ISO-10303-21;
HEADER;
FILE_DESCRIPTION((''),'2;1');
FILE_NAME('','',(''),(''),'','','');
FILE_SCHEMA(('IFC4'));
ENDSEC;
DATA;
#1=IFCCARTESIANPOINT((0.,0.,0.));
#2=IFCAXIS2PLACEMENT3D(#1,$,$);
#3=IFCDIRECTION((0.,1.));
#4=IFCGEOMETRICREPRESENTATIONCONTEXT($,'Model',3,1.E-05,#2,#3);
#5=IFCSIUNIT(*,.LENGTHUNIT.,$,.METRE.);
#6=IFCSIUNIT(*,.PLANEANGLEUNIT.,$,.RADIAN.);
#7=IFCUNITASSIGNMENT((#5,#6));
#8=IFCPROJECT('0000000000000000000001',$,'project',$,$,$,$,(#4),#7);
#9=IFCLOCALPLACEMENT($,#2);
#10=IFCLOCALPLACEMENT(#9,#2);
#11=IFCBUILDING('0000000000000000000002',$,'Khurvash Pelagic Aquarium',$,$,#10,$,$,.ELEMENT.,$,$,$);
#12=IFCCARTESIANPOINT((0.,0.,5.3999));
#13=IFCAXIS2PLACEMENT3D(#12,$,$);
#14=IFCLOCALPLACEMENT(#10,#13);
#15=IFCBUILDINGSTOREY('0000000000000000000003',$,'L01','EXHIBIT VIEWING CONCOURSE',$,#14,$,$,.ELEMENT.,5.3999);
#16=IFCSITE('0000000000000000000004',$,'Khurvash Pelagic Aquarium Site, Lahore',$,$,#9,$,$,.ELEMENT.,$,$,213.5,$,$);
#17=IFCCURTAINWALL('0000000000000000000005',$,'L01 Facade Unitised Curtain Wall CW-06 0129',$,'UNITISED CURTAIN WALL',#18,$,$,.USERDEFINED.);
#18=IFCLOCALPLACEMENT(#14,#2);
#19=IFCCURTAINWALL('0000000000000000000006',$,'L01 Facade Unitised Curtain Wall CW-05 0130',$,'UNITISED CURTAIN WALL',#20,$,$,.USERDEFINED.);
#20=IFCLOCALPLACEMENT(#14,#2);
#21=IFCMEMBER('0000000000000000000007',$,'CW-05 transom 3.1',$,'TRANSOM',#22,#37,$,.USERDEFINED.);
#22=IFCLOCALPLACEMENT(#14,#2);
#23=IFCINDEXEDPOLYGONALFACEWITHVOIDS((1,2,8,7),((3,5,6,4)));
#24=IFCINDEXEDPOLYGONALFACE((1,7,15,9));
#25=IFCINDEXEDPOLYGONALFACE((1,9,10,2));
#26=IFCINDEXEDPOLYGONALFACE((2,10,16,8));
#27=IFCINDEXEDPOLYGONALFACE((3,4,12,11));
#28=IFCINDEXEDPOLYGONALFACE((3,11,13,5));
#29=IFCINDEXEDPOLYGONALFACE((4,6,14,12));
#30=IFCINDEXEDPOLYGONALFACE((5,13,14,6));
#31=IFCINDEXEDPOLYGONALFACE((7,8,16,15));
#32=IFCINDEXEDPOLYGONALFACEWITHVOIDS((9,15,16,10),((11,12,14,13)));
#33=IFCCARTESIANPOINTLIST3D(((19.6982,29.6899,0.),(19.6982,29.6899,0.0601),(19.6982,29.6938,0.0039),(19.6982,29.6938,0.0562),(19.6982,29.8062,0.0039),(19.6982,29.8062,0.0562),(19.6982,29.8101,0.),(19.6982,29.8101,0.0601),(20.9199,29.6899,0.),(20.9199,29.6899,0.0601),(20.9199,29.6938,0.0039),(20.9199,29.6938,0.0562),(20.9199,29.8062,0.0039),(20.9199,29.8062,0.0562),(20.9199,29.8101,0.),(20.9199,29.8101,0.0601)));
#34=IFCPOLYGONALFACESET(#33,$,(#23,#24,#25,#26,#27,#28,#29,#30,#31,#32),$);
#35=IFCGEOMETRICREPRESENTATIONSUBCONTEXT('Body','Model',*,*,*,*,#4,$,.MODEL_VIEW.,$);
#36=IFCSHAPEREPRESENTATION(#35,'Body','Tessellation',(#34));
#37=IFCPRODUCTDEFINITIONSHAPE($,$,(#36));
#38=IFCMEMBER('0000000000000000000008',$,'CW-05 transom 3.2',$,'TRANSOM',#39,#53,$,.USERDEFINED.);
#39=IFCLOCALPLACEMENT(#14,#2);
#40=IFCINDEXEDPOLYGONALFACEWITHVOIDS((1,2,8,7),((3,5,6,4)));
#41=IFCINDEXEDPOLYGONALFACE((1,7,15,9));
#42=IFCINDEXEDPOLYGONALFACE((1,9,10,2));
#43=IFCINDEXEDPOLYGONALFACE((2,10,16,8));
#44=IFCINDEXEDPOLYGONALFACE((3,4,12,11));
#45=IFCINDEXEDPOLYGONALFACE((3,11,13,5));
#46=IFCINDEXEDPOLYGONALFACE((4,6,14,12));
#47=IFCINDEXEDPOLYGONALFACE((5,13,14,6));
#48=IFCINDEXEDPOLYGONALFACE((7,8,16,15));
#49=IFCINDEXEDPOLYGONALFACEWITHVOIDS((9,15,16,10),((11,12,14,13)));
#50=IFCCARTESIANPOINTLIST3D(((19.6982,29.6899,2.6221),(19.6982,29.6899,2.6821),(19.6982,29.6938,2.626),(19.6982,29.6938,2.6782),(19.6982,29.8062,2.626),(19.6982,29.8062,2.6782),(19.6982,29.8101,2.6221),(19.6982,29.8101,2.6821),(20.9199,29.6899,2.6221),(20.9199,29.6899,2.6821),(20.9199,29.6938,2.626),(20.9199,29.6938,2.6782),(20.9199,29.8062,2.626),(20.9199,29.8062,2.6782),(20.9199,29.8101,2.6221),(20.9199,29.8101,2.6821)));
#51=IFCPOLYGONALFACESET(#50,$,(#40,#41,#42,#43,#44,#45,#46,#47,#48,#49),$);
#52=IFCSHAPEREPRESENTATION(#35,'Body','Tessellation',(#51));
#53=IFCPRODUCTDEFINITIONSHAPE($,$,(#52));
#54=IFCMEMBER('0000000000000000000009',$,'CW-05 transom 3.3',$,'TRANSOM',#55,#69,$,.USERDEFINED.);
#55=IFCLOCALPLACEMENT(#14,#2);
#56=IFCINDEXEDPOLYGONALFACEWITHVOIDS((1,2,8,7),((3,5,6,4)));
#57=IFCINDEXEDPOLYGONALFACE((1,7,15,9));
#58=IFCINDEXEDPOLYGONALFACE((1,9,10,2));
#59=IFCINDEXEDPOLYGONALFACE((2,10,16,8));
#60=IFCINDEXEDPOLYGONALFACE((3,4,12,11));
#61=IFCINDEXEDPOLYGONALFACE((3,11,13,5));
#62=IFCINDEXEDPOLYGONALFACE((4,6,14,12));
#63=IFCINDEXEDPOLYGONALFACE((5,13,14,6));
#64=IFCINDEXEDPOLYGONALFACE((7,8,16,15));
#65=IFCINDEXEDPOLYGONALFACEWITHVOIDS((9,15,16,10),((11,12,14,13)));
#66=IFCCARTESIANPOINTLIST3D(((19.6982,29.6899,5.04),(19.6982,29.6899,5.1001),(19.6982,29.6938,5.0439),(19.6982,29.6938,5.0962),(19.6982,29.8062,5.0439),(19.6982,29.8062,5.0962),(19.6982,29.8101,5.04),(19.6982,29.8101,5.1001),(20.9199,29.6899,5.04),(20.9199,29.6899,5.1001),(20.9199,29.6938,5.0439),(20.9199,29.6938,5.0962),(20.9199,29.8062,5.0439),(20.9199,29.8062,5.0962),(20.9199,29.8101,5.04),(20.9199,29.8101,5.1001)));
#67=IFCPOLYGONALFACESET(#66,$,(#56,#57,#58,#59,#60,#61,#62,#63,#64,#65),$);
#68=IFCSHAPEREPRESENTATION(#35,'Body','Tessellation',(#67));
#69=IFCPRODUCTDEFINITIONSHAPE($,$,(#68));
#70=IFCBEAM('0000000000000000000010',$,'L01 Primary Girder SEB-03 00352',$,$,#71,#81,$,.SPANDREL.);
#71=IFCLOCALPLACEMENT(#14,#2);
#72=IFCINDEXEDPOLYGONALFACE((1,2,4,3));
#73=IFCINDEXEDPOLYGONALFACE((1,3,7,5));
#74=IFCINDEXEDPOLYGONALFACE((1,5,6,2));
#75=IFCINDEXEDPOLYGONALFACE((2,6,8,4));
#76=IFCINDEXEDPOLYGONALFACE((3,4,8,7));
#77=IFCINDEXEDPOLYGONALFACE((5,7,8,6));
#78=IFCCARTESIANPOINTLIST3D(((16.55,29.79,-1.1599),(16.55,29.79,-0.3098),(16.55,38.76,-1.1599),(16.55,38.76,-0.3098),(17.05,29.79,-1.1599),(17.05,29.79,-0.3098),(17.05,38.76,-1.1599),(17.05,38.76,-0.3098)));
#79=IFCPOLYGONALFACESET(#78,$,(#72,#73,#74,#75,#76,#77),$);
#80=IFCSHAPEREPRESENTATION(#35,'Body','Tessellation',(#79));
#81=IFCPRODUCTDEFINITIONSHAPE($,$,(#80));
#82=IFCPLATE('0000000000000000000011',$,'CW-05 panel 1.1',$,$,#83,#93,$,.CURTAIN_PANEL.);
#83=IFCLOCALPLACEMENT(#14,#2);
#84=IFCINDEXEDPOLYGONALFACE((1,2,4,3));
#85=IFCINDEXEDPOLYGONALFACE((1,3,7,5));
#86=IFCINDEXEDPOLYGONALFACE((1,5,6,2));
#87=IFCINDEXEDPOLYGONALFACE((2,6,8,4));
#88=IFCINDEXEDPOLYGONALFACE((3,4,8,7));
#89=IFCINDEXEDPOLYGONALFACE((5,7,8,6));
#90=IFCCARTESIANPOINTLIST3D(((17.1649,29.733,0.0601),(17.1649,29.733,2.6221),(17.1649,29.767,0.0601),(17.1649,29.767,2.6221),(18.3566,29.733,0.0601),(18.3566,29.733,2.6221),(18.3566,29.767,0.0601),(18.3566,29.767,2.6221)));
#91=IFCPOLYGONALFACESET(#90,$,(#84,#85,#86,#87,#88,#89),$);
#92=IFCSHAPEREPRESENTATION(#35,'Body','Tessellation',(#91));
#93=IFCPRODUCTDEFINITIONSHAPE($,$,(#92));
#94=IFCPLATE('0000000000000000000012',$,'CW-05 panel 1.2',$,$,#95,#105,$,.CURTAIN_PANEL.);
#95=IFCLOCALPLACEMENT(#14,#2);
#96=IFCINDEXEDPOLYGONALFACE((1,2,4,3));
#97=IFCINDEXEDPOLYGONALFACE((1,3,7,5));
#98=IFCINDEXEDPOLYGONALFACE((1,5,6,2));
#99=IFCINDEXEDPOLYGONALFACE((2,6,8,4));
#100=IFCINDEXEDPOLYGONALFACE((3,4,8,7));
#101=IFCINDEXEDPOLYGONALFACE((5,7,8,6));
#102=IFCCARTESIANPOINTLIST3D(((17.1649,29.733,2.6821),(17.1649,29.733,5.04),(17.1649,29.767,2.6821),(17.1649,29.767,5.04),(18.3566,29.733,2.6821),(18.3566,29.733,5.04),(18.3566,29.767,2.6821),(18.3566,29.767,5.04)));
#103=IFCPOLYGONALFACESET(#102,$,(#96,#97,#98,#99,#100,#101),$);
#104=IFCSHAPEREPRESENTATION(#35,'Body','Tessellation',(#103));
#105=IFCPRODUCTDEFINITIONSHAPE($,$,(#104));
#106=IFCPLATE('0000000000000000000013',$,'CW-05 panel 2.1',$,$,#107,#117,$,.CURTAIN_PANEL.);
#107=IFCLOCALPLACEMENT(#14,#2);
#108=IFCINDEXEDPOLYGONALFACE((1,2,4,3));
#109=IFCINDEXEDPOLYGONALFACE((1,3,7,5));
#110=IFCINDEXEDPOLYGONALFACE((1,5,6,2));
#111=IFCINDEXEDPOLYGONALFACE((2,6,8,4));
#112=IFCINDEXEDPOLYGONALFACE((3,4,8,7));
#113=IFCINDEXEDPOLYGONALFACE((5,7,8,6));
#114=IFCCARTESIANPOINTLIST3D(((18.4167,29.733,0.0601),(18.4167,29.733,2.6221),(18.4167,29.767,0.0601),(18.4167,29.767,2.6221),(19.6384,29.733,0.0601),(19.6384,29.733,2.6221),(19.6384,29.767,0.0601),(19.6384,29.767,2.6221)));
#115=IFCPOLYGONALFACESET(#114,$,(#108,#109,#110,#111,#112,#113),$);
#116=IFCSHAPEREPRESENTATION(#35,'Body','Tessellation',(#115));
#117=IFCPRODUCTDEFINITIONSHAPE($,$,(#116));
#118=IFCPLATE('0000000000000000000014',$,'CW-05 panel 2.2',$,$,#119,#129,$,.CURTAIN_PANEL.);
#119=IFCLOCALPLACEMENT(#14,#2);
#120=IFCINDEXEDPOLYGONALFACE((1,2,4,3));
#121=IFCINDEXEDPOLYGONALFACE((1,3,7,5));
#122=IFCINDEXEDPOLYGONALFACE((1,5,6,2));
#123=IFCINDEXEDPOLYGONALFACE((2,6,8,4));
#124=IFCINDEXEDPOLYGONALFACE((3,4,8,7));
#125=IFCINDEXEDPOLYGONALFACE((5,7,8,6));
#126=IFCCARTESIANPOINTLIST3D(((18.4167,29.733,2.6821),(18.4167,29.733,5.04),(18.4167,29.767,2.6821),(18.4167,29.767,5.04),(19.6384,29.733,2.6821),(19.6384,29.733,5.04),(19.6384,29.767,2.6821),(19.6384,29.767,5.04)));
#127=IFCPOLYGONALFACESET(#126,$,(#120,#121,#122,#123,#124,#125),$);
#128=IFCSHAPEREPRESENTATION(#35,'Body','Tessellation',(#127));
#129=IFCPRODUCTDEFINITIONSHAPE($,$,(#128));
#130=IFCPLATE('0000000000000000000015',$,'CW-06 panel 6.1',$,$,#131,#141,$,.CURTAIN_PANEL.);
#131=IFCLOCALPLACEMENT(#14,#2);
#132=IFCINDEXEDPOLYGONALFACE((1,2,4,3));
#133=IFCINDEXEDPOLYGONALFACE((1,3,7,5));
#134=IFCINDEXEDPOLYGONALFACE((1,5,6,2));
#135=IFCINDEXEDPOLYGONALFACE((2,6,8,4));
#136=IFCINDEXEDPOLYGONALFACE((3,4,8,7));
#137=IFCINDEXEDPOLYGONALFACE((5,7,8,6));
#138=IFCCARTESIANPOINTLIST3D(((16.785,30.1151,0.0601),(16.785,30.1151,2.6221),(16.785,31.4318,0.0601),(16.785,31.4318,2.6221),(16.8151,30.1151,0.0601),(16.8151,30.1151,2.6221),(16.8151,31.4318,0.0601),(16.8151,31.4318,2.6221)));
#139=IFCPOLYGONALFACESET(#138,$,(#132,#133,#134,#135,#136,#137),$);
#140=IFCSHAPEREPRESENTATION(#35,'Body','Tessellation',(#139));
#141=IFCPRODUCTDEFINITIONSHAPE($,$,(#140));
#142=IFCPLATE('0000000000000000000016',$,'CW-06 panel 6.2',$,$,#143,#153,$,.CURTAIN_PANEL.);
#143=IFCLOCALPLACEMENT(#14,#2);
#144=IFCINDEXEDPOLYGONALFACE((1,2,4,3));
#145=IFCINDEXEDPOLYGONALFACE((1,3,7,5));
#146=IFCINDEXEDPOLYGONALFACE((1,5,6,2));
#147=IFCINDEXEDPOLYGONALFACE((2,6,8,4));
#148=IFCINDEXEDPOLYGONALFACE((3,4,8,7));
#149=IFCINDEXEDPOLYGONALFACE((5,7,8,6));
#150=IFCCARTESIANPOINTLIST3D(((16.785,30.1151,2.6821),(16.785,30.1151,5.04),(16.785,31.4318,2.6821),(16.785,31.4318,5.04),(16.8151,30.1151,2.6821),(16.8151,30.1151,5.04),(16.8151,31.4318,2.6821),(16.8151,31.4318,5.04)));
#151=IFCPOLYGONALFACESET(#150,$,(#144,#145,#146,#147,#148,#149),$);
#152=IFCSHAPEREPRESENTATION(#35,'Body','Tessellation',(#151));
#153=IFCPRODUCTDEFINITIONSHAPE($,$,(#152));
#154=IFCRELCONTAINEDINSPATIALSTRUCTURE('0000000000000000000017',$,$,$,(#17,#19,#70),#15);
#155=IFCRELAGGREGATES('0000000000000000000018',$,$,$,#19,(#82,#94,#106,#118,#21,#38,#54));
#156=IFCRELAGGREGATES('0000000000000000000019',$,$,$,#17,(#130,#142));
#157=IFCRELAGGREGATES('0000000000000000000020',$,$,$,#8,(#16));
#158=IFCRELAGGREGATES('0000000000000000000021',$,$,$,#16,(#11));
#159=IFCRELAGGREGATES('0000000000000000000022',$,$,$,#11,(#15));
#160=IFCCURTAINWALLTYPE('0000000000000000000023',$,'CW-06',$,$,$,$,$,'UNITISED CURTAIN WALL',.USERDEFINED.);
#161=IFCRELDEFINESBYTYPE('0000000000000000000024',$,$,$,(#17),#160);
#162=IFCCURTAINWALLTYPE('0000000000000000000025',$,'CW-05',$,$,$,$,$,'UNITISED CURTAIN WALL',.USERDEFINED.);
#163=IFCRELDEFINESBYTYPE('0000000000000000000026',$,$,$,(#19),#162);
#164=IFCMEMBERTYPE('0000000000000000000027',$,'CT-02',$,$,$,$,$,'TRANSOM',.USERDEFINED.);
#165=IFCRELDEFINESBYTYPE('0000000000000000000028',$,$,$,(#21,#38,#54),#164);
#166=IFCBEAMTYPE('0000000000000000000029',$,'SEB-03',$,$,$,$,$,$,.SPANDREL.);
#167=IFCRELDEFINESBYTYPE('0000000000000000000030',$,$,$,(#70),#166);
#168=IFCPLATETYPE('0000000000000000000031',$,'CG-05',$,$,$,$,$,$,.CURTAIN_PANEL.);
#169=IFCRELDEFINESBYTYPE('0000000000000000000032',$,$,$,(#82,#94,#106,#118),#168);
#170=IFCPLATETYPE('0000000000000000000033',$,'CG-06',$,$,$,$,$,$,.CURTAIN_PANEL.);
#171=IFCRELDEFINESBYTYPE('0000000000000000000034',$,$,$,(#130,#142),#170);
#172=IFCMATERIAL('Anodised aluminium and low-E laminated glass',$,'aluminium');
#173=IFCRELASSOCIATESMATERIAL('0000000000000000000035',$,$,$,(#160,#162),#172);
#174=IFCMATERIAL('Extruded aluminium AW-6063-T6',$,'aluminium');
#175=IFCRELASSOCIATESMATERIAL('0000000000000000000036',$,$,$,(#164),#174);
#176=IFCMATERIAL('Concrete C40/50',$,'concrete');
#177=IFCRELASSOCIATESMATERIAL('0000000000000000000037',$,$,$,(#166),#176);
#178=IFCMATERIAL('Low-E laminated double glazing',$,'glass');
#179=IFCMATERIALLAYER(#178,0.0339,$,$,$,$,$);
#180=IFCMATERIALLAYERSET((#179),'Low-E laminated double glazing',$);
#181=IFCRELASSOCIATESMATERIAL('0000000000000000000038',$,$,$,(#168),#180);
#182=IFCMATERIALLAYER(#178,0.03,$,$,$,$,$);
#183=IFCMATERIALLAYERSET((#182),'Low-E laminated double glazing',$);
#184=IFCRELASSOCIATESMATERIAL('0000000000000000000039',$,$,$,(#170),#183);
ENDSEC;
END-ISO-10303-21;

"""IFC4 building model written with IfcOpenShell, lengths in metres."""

from ifc_helpers import new_model, si_unit, direction, frame, origin, origin_2d, place, context, subcontext, project, spatial, rectangle, hollow_rectangle, extrude, material, layer, layer_set, material_profile, profile_set, type_object, element, aggregate, save


model = new_model("IFC4")

# Units and contexts
model_context = context("Model", 3, precision=1e-05, world=origin(), true_north=direction((0.0, 1.0)))
body_context = subcontext(model_context, "Body", "Model", "MODEL_VIEW")
ifc_project = project(units=[si_unit("LENGTHUNIT", "METRE"), si_unit("PLANEANGLEUNIT", "RADIAN")], contexts=[model_context])

# Site, building, storey
site_placement = place(None, origin())
site = spatial("IfcSite", under=ifc_project, at=site_placement, Name="Khurvash Pelagic Aquarium Site, Lahore", CompositionType="ELEMENT", RefElevation=213.5)
building_placement = place(site_placement, origin())
building = spatial("IfcBuilding", under=site, at=building_placement, Name="Khurvash Pelagic Aquarium", CompositionType="ELEMENT")
storey_placement = place(building_placement, frame((0.0, 0.0, 5.3999)))
storey = spatial("IfcBuildingStorey", under=building, at=storey_placement, Name="L01", Description="EXHIBIT VIEWING CONCOURSE", CompositionType="ELEMENT", Elevation=5.3999)

# Curtain wall
ifc_material_1 = material(Name="Anodised aluminium and low-E laminated glass", Category="aluminium")
curtain_wall_type_1 = type_object("IfcCurtainWallType", Name="CW-06", ElementType="UNITISED CURTAIN WALL", PredefinedType="USERDEFINED", material=ifc_material_1)
curtain_wall_1_placement = place(storey_placement, origin())
curtain_wall_1 = element("IfcCurtainWall", 1, at=curtain_wall_1_placement, inside=storey, type_object=curtain_wall_type_1, Name="L01 Facade Unitised Curtain Wall CW-06 0129", ObjectType="UNITISED CURTAIN WALL", PredefinedType="USERDEFINED")
ifc_material_2 = material(Name="Extruded aluminium AW-6063-T6", Category="aluminium")

# Curtain wall
curtain_wall_type_2 = type_object("IfcCurtainWallType", Name="CW-05", ElementType="UNITISED CURTAIN WALL", PredefinedType="USERDEFINED", material=ifc_material_1)
curtain_wall_2_placement = place(storey_placement, origin())
curtain_wall_2 = element("IfcCurtainWall", 2, at=curtain_wall_2_placement, inside=storey, type_object=curtain_wall_type_2, Name="L01 Facade Unitised Curtain Wall CW-05 0130", ObjectType="UNITISED CURTAIN WALL", PredefinedType="USERDEFINED")

# Members
ifc_material_profile_1 = material_profile(ifc_material_2, hollow_rectangle(XDim=0.1201, YDim=0.0601, WallThickness=0.0039, at=origin_2d()), Name="CWT120X60X4")
ifc_profile_set_1 = profile_set([ifc_material_profile_1], Name="Extruded aluminium AW-6063-T6")
member_type_1 = type_object("IfcMemberType", Name="CT-02", ElementType="TRANSOM", PredefinedType="USERDEFINED", material=ifc_profile_set_1)
member_1_placement = place(storey_placement, frame((19.6982, 29.75, 0.03), z_axis=(1.0, 0.0, 0.0), x_axis=(0.0, 1.0, 0.0)))
member_1 = element("IfcMember", 3, at=member_1_placement, type_object=member_type_1, Name="CW-05 transom 3.1", ObjectType="TRANSOM", PredefinedType="USERDEFINED", context=body_context, shape_type="SweptSolid", body=[
    extrude(hollow_rectangle(XDim=0.1201, YDim=0.0601, WallThickness=0.0039, at=origin_2d()), origin(), (0.0, 0.0, 1.0), 1.2217),
])
member_2_placement = place(storey_placement, frame((19.6982, 29.75, 2.6521), z_axis=(1.0, 0.0, 0.0), x_axis=(0.0, 1.0, 0.0)))
member_2 = element("IfcMember", 4, at=member_2_placement, type_object=member_type_1, Name="CW-05 transom 3.2", ObjectType="TRANSOM", PredefinedType="USERDEFINED", context=body_context, shape_type="SweptSolid", body=[
    extrude(hollow_rectangle(XDim=0.1201, YDim=0.0601, WallThickness=0.0039, at=origin_2d()), origin(), (0.0, 0.0, 1.0), 1.2217),
])
member_3_placement = place(storey_placement, frame((19.6982, 29.75, 5.0701), z_axis=(1.0, 0.0, 0.0), x_axis=(0.0, 1.0, 0.0)))
member_3 = element("IfcMember", 5, at=member_3_placement, type_object=member_type_1, Name="CW-05 transom 3.3", ObjectType="TRANSOM", PredefinedType="USERDEFINED", context=body_context, shape_type="SweptSolid", body=[
    extrude(hollow_rectangle(XDim=0.1201, YDim=0.0601, WallThickness=0.0039, at=origin_2d()), origin(), (0.0, 0.0, 1.0), 1.2217),
])

# Beam
ifc_material_3 = material(Name="Concrete C40/50", Category="concrete")
ifc_material_profile_2 = material_profile(ifc_material_3, rectangle(XDim=0.5, YDim=0.8501, at=origin_2d()), Name="RC500X850")
ifc_profile_set_2 = profile_set([ifc_material_profile_2], Name="Concrete C40/50")
beam_type = type_object("IfcBeamType", Name="SEB-03", PredefinedType="SPANDREL", material=ifc_profile_set_2)
beam_placement = place(storey_placement, frame((16.8, 29.79, -0.7349), z_axis=(0.0, 1.0, 0.0), x_axis=(-1.0, 0.0, 0.0)))
element("IfcBeam", 6, at=beam_placement, inside=storey, type_object=beam_type, Name="L01 Primary Girder SEB-03 00352", PredefinedType="SPANDREL", context=body_context, shape_type="SweptSolid", body=[
    extrude(rectangle(XDim=0.5, YDim=0.8501, at=origin_2d()), origin(), (0.0, 0.0, 1.0), 8.97),
])

# Plates
ifc_material_4 = material(Name="Low-E laminated double glazing", Category="glass")
ifc_layer_1 = layer(ifc_material_4, 0.0339)
ifc_layer_set_1 = layer_set([ifc_layer_1], Name="Low-E laminated double glazing")
plate_type_1 = type_object("IfcPlateType", Name="CG-05", PredefinedType="CURTAIN_PANEL", material=ifc_layer_set_1)
plate_1_placement = place(storey_placement, frame((17.7607, 29.75, 0.0601), z_axis=(0.0, 0.0, 1.0), x_axis=(1.0, 0.0, 0.0)))
plate_1 = element("IfcPlate", 7, at=plate_1_placement, type_object=plate_type_1, Name="CW-05 panel 1.1", PredefinedType="CURTAIN_PANEL", context=body_context, shape_type="SweptSolid", body=[
    extrude(rectangle(XDim=1.1917, YDim=0.0339, at=origin_2d()), origin(), (0.0, 0.0, 1.0), 2.562),
])
plate_2_placement = place(storey_placement, frame((17.7607, 29.75, 2.6821), z_axis=(0.0, 0.0, 1.0), x_axis=(1.0, 0.0, 0.0)))
plate_2 = element("IfcPlate", 8, at=plate_2_placement, type_object=plate_type_1, Name="CW-05 panel 1.2", PredefinedType="CURTAIN_PANEL", context=body_context, shape_type="SweptSolid", body=[
    extrude(rectangle(XDim=1.1917, YDim=0.0339, at=origin_2d()), origin(), (0.0, 0.0, 1.0), 2.3579),
])
plate_3_placement = place(storey_placement, frame((19.0276, 29.75, 0.0601), z_axis=(0.0, 0.0, 1.0), x_axis=(1.0, 0.0, 0.0)))
plate_3 = element("IfcPlate", 9, at=plate_3_placement, type_object=plate_type_1, Name="CW-05 panel 2.1", PredefinedType="CURTAIN_PANEL", context=body_context, shape_type="SweptSolid", body=[
    extrude(rectangle(XDim=1.2217, YDim=0.0339, at=origin_2d()), origin(), (0.0, 0.0, 1.0), 2.562),
])
plate_4_placement = place(storey_placement, frame((19.0276, 29.75, 2.6821), z_axis=(0.0, 0.0, 1.0), x_axis=(1.0, 0.0, 0.0)))
plate_4 = element("IfcPlate", 10, at=plate_4_placement, type_object=plate_type_1, Name="CW-05 panel 2.2", PredefinedType="CURTAIN_PANEL", context=body_context, shape_type="SweptSolid", body=[
    extrude(rectangle(XDim=1.2217, YDim=0.0339, at=origin_2d()), origin(), (0.0, 0.0, 1.0), 2.3579),
])
aggregate(curtain_wall_2, [plate_1, plate_2, plate_3, plate_4, member_1, member_2, member_3])
ifc_layer_2 = layer(ifc_material_4, 0.03)
ifc_layer_set_2 = layer_set([ifc_layer_2], Name="Low-E laminated double glazing")
plate_type_2 = type_object("IfcPlateType", Name="CG-06", PredefinedType="CURTAIN_PANEL", material=ifc_layer_set_2)
plate_5_placement = place(storey_placement, frame((16.8, 30.7734, 0.0601), z_axis=(0.0, 0.0, 1.0), x_axis=(0.0, -1.0, 0.0)))
plate_5 = element("IfcPlate", 11, at=plate_5_placement, type_object=plate_type_2, Name="CW-06 panel 6.1", PredefinedType="CURTAIN_PANEL", context=body_context, shape_type="SweptSolid", body=[
    extrude(rectangle(XDim=1.3167, YDim=0.03, at=origin_2d()), origin(), (0.0, 0.0, 1.0), 2.562),
])
plate_6_placement = place(storey_placement, frame((16.8, 30.7734, 2.6821), z_axis=(0.0, 0.0, 1.0), x_axis=(0.0, -1.0, 0.0)))
plate_6 = element("IfcPlate", 12, at=plate_6_placement, type_object=plate_type_2, Name="CW-06 panel 6.2", PredefinedType="CURTAIN_PANEL", context=body_context, shape_type="SweptSolid", body=[
    extrude(rectangle(XDim=1.3167, YDim=0.03, at=origin_2d()), origin(), (0.0, 0.0, 1.0), 2.3579),
])
aggregate(curtain_wall_1, [plate_5, plate_6])

save(model, "model.ifc")
